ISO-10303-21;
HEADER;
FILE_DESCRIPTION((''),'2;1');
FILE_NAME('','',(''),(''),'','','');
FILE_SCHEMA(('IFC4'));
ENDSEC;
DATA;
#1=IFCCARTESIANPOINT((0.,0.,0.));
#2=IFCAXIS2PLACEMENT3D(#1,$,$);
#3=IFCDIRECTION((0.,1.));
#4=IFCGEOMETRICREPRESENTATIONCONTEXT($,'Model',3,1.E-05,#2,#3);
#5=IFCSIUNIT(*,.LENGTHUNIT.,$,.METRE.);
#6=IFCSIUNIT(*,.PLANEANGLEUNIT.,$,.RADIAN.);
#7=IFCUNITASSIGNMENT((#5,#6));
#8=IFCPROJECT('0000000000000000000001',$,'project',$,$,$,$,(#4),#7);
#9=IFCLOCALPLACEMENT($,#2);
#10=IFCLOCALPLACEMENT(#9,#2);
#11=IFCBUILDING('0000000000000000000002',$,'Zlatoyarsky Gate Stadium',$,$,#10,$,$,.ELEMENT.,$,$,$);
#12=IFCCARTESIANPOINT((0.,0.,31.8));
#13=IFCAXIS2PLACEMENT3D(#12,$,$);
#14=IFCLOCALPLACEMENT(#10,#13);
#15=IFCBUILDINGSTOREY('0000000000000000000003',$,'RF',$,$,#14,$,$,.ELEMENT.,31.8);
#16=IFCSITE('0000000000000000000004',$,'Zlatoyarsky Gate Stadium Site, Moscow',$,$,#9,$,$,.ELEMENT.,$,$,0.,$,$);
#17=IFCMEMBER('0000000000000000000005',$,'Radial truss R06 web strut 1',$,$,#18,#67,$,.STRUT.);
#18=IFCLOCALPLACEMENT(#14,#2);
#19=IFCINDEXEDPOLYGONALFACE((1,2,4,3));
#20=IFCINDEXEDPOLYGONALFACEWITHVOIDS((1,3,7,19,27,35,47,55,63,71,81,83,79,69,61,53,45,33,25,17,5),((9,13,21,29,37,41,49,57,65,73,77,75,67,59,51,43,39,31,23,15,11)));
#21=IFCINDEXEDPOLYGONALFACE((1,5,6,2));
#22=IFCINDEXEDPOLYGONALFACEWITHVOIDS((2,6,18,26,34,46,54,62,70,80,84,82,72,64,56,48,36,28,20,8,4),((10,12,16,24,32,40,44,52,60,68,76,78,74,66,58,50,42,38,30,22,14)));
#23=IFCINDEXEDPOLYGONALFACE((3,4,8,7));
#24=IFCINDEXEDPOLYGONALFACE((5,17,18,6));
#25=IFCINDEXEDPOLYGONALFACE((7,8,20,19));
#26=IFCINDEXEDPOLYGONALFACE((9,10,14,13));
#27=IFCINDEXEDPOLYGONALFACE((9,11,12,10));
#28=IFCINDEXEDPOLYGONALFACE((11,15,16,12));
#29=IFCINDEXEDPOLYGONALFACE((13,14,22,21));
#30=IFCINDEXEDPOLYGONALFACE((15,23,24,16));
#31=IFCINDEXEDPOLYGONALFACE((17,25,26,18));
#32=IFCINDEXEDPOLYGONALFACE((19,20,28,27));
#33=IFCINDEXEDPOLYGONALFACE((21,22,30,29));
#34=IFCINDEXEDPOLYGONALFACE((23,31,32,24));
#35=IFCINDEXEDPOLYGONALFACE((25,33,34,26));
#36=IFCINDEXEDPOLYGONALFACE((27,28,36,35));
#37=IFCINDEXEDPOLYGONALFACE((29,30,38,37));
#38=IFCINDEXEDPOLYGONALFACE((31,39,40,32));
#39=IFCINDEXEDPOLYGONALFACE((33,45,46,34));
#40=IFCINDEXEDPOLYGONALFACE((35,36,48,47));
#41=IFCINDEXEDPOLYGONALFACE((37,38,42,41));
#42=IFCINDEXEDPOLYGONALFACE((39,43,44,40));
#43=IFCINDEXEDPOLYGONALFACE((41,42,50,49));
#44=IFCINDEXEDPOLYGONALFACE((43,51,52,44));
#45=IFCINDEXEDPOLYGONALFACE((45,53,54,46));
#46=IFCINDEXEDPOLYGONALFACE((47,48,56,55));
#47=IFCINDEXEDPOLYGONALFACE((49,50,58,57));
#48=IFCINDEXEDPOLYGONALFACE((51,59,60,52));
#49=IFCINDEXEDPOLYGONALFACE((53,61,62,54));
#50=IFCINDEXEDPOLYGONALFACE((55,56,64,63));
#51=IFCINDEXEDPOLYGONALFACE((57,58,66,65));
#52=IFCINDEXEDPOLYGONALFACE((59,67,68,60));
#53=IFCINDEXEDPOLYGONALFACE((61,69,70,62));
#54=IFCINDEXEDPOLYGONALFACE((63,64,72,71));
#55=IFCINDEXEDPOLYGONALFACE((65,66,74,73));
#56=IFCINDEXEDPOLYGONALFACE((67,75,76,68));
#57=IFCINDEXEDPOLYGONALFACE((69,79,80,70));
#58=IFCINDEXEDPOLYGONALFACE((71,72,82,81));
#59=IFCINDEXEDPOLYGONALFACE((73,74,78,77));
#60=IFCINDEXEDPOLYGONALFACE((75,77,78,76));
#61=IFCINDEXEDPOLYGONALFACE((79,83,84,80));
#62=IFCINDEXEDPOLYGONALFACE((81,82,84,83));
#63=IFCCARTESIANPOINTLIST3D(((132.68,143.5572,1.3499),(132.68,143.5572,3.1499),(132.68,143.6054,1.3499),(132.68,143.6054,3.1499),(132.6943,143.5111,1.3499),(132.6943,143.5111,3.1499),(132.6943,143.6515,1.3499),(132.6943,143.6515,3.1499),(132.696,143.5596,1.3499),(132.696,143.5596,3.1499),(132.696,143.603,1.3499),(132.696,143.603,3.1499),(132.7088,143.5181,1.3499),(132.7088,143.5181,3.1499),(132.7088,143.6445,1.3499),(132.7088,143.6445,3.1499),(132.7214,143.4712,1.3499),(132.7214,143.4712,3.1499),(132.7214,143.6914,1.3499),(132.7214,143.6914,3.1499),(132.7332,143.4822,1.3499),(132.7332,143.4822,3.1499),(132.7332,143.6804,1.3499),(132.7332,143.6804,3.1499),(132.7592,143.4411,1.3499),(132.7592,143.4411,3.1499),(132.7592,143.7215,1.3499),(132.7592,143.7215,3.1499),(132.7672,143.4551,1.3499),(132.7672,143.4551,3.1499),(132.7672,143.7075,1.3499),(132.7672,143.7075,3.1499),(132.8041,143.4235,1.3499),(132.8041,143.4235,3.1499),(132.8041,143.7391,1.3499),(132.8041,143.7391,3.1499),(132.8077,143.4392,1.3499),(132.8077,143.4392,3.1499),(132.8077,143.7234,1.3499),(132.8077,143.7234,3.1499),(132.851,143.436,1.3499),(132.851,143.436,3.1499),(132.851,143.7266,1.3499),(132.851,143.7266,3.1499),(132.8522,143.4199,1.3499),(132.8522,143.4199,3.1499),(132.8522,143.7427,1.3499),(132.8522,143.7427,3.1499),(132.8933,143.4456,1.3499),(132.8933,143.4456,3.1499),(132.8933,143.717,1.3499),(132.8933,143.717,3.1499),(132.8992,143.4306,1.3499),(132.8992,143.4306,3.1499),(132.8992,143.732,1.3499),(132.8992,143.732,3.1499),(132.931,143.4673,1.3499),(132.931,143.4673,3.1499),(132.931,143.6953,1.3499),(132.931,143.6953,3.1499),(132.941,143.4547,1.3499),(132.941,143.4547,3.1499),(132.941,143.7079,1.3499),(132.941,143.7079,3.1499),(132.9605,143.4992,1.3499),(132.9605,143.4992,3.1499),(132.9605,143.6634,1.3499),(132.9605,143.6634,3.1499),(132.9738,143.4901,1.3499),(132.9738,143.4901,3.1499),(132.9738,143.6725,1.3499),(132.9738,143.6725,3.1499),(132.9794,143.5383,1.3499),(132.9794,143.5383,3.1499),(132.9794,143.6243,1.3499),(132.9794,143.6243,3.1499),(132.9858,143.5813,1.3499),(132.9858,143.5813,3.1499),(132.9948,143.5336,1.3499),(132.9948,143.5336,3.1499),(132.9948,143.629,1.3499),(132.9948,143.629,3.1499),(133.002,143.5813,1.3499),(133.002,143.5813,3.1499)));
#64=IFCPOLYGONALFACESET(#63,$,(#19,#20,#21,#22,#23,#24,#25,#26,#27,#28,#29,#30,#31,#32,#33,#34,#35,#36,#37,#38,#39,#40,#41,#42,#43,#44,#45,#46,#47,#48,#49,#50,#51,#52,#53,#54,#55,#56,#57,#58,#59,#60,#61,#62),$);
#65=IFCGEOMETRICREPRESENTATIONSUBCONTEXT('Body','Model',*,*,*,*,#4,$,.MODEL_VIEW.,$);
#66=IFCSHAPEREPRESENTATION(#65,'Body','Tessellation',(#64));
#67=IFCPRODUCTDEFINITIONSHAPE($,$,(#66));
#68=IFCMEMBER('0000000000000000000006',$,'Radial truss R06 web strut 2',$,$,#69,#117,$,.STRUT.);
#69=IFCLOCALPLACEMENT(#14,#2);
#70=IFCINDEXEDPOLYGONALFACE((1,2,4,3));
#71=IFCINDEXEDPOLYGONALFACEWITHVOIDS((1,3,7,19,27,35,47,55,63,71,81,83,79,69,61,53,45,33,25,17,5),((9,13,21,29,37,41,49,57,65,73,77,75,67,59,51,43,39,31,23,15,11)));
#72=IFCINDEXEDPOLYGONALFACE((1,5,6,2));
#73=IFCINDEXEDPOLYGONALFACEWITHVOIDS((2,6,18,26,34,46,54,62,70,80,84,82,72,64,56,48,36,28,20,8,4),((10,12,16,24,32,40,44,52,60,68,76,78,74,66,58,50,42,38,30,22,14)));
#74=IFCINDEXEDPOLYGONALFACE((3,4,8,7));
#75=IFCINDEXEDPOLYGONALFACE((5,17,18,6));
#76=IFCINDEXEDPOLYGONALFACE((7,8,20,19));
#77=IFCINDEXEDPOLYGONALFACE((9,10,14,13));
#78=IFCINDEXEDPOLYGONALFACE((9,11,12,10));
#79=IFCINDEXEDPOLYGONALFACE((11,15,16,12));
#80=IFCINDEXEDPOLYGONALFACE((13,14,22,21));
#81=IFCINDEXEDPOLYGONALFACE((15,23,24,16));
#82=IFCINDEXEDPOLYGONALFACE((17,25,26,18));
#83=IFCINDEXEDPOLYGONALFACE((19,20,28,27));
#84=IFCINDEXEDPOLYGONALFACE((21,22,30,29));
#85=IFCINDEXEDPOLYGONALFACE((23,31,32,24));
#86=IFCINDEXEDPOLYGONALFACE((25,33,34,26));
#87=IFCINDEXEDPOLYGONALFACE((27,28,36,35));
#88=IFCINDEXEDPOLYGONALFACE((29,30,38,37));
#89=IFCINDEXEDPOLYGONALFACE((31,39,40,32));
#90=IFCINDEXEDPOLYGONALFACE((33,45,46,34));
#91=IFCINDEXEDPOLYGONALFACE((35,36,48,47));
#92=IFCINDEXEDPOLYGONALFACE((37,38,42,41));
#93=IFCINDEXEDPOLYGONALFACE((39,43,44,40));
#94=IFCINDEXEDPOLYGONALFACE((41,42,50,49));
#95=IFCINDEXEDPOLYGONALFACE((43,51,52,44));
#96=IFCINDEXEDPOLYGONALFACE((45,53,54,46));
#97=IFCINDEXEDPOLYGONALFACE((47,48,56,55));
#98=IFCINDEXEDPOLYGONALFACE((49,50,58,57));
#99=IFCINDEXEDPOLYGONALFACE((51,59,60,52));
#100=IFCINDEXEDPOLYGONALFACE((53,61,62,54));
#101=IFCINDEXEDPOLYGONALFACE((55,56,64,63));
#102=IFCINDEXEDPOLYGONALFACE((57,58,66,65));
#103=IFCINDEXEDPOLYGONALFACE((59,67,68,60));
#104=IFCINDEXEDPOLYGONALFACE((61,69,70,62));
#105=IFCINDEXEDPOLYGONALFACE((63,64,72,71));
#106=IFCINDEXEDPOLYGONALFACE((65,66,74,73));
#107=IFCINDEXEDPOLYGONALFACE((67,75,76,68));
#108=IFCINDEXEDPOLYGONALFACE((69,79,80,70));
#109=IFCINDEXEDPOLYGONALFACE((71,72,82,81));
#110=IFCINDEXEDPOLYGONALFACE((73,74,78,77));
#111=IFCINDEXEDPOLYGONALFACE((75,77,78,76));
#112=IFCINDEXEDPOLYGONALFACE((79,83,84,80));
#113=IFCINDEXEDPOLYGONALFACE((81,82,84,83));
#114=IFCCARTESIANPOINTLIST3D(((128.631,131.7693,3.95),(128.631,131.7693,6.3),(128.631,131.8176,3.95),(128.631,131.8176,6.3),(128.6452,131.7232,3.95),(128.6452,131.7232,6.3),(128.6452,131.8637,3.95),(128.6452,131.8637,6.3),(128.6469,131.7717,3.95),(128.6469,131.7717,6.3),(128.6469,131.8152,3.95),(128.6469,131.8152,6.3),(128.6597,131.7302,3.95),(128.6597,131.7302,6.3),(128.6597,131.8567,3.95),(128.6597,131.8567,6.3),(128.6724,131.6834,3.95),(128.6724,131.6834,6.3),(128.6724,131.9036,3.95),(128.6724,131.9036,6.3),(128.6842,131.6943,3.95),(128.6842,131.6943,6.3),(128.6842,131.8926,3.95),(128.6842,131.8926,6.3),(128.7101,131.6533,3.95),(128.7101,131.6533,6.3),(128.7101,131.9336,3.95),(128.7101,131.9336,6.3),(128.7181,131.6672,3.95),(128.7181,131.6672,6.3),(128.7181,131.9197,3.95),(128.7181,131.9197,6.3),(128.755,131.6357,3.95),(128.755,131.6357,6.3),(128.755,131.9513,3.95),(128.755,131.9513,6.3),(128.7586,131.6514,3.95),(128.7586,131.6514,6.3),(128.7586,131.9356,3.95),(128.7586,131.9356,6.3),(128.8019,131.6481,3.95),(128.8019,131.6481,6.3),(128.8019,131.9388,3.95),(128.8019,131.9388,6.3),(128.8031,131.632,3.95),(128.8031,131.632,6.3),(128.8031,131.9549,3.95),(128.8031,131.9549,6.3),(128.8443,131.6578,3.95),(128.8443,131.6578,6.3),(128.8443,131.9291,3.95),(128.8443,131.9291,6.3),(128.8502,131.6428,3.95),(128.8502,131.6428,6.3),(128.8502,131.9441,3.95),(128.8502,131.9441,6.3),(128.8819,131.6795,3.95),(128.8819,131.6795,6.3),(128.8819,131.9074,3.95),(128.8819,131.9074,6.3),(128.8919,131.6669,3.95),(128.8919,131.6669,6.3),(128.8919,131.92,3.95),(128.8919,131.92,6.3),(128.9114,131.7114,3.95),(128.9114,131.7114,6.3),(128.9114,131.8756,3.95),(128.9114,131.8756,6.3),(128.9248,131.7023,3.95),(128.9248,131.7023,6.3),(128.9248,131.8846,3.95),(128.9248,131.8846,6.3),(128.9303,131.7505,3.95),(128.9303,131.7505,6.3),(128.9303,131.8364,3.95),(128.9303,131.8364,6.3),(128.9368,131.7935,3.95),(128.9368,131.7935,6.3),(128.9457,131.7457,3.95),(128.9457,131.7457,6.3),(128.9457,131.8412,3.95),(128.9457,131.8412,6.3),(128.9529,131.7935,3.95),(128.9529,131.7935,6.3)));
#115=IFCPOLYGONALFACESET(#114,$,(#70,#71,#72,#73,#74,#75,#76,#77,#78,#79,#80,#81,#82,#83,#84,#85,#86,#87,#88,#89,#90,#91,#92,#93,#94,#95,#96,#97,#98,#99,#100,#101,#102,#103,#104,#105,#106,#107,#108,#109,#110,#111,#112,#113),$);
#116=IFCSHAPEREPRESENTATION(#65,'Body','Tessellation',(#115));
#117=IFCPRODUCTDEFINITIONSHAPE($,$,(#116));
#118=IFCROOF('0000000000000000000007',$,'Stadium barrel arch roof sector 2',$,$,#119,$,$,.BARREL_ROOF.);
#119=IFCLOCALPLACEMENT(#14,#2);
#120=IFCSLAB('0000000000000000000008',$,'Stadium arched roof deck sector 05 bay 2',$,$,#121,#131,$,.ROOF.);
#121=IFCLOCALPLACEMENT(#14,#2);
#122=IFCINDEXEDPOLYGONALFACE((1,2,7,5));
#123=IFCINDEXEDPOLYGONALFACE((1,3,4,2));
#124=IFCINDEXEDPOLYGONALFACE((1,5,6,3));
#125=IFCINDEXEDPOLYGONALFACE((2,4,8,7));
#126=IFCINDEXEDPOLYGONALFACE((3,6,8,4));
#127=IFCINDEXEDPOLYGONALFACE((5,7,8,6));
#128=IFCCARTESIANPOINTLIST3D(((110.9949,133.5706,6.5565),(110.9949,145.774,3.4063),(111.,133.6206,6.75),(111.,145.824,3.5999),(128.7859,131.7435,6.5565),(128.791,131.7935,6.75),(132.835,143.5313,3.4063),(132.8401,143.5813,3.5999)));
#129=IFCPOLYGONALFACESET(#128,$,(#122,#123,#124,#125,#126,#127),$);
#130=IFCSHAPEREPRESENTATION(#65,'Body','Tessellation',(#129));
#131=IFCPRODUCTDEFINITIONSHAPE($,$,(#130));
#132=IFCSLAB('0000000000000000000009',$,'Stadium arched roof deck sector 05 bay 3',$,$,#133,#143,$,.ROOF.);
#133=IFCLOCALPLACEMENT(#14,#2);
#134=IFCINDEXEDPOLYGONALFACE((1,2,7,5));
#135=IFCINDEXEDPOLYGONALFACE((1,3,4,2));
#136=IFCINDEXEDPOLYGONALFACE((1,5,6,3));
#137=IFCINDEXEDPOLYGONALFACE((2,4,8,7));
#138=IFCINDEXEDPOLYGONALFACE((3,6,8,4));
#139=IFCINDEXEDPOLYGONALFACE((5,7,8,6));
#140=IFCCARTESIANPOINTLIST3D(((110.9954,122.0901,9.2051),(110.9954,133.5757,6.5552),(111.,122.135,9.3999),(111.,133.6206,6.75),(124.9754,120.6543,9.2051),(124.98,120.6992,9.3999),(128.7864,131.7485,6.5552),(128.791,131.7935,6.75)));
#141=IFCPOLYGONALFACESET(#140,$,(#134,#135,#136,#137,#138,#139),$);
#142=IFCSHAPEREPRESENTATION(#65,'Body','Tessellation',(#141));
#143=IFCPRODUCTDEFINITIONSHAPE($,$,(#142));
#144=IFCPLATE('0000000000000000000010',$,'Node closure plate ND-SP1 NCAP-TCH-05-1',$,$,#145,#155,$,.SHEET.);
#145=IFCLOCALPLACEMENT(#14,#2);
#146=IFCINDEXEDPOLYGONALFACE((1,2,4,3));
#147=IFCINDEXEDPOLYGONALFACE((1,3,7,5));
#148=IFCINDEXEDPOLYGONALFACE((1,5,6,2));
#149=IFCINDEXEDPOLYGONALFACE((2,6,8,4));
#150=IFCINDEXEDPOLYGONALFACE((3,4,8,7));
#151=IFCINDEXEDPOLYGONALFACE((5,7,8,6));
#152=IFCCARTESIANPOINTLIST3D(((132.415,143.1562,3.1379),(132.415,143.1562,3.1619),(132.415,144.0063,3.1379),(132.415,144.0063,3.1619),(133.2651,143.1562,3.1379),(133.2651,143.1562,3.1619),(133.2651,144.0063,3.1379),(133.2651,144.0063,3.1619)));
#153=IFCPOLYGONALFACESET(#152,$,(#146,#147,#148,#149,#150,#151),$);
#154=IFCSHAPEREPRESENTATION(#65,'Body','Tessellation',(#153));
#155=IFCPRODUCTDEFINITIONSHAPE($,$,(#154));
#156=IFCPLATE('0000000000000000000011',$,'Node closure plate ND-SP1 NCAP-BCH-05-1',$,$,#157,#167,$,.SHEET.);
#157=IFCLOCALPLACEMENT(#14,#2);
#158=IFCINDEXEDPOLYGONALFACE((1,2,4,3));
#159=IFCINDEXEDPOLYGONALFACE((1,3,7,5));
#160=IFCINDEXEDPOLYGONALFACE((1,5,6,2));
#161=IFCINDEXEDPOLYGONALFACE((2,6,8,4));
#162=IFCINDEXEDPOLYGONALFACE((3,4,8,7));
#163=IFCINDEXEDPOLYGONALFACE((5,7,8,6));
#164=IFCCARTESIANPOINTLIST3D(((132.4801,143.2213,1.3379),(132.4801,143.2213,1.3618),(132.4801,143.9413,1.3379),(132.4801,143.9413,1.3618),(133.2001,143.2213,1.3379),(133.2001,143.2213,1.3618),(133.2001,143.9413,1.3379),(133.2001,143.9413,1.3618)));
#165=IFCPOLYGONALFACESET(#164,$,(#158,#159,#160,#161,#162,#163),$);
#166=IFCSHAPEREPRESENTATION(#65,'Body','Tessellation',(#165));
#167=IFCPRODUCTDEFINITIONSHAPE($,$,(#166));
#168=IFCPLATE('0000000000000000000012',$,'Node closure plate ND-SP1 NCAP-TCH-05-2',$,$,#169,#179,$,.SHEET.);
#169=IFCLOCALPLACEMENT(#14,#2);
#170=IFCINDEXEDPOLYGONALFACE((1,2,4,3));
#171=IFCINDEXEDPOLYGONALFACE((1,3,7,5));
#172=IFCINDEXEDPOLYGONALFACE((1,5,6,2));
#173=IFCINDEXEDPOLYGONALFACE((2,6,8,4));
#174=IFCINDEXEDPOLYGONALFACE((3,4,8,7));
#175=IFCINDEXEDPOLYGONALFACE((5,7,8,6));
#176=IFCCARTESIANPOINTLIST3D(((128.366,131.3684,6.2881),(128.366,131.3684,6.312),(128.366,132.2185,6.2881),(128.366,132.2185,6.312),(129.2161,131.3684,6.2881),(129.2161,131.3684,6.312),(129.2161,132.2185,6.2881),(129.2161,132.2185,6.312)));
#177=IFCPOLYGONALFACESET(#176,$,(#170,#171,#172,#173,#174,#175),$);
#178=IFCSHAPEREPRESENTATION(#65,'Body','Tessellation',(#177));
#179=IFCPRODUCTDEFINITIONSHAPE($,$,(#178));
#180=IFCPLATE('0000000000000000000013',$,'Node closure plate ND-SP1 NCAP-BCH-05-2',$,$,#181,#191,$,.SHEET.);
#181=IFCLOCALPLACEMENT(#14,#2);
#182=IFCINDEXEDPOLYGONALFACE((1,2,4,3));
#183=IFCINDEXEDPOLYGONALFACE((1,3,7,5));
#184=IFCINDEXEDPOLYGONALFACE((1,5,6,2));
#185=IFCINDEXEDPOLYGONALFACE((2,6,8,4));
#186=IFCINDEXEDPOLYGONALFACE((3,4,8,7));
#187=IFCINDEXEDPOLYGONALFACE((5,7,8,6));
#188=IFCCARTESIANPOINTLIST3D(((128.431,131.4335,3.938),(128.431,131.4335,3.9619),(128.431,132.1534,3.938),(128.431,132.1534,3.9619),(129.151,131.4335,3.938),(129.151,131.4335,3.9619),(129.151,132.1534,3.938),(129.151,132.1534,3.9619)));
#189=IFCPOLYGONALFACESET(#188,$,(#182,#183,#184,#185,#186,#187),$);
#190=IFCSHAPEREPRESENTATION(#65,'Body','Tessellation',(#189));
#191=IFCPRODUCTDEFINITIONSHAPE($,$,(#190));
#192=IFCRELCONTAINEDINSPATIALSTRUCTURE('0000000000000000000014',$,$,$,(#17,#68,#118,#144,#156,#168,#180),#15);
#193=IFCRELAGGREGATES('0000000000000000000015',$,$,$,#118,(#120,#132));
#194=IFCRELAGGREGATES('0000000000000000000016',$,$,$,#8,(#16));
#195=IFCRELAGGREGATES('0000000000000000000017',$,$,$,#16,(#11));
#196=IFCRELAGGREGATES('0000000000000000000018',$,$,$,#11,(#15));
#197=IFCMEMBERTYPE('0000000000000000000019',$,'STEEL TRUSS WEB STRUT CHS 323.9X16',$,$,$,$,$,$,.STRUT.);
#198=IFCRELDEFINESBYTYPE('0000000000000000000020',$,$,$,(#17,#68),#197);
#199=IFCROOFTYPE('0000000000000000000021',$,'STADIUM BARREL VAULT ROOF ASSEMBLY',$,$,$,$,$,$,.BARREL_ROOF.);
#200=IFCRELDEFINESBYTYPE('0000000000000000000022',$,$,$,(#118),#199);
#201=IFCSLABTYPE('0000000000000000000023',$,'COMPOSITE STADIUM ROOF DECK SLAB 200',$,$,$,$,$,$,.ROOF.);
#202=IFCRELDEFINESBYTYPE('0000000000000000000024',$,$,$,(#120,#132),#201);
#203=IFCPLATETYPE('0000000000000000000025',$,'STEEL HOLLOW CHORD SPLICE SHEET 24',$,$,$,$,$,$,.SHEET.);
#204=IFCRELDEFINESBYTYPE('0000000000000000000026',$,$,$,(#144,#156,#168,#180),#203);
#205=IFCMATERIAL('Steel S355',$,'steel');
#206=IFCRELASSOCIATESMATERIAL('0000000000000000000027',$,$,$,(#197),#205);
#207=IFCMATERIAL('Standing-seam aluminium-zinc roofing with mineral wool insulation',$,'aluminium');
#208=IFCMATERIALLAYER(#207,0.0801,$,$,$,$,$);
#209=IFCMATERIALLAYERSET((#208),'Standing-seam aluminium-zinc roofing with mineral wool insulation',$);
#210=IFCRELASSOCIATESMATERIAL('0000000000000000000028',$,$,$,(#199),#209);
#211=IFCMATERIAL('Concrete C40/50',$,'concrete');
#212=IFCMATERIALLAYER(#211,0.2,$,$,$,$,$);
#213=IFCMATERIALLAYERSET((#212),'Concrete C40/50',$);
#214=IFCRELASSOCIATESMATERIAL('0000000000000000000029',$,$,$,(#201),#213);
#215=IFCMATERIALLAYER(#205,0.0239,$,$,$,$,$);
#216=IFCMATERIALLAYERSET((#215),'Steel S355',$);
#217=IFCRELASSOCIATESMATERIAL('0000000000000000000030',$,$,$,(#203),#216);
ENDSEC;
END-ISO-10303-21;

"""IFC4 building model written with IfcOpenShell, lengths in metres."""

from ifc_helpers import new_model, si_unit, direction, frame, origin, origin_2d, place, context, subcontext, project, spatial, polyline, rectangle, hollow_circle, outline, extrude, material, layer, layer_set, material_profile, profile_set, type_object, element, aggregate, save


model = new_model("IFC4")

# Units and contexts
model_context = context("Model", 3, precision=1e-05, world=origin(), true_north=direction((0.0, 1.0)))
body_context = subcontext(model_context, "Body", "Model", "MODEL_VIEW")
ifc_project = project(units=[si_unit("LENGTHUNIT", "METRE"), si_unit("PLANEANGLEUNIT", "RADIAN")], contexts=[model_context])

# Site, building, storey
site_placement = place(None, origin())
site = spatial("IfcSite", under=ifc_project, at=site_placement, Name="Zlatoyarsky Gate Stadium Site, Moscow", CompositionType="ELEMENT", RefElevation=0.0)
building_placement = place(site_placement, origin())
building = spatial("IfcBuilding", under=site, at=building_placement, Name="Zlatoyarsky Gate Stadium", CompositionType="ELEMENT")
storey_placement = place(building_placement, frame((0.0, 0.0, 31.8)))
storey = spatial("IfcBuildingStorey", under=building, at=storey_placement, Name="RF", CompositionType="ELEMENT", Elevation=31.8)

# Shared definitions
ifc_material_1 = material(Name="Steel S355", Category="steel")

# Members
ifc_material_profile_1 = material_profile(ifc_material_1, hollow_circle(Radius=0.1619, WallThickness=0.0161, at=origin_2d()), Name="CHS 323.9X16")
ifc_profile_set_1 = profile_set([ifc_material_profile_1], Name="Steel S355")
member_type_1 = type_object("IfcMemberType", Name="STEEL TRUSS WEB STRUT CHS 323.9X16", PredefinedType="STRUT", material=ifc_profile_set_1)
member_1_placement = place(storey_placement, frame((132.8401, 143.5813, 1.3499), z_axis=(0.0, 0.0, 1.0), x_axis=(1.0, 0.0, 0.0)))
element("IfcMember", 1, at=member_1_placement, inside=storey, type_object=member_type_1, Name="Radial truss R06 web strut 1", PredefinedType="STRUT", context=body_context, shape_type="SweptSolid", body=[
    extrude(hollow_circle(Radius=0.1619, WallThickness=0.0161, at=origin_2d()), origin(), (0.0, 0.0, 1.0), 1.8),
])
member_2_placement = place(storey_placement, frame((128.791, 131.7935, 3.95), z_axis=(0.0, 0.0, 1.0), x_axis=(1.0, 0.0, 0.0)))
element("IfcMember", 2, at=member_2_placement, inside=storey, type_object=member_type_1, Name="Radial truss R06 web strut 2", PredefinedType="STRUT", context=body_context, shape_type="SweptSolid", body=[
    extrude(hollow_circle(Radius=0.1619, WallThickness=0.0161, at=origin_2d()), origin(), (0.0, 0.0, 1.0), 2.3501),
])

# Roof, slabs
ifc_material_2 = material(Name="Standing-seam aluminium-zinc roofing with mineral wool insulation", Category="aluminium")
ifc_layer_1 = layer(ifc_material_2, 0.0801)
ifc_layer_set_1 = layer_set([ifc_layer_1], Name="Standing-seam aluminium-zinc roofing with mineral wool insulation")
roof_type = type_object("IfcRoofType", Name="STADIUM BARREL VAULT ROOF ASSEMBLY", PredefinedType="BARREL_ROOF", material=ifc_layer_set_1)
roof_placement = place(storey_placement, origin())
roof = element("IfcRoof", 3, at=roof_placement, inside=storey, type_object=roof_type, Name="Stadium barrel arch roof sector 2", PredefinedType="BARREL_ROOF")
ifc_material_3 = material(Name="Concrete C40/50", Category="concrete")
ifc_layer_2 = layer(ifc_material_3, 0.2)
ifc_layer_set_2 = layer_set([ifc_layer_2], Name="Concrete C40/50")
slab_type = type_object("IfcSlabType", Name="COMPOSITE STADIUM ROOF DECK SLAB 200", PredefinedType="ROOF", material=ifc_layer_set_2)
slab_1_placement = place(storey_placement, frame((132.8401, 143.5813, 3.5999), z_axis=(0.025659, 0.249859, 0.967942), x_axis=(-0.994769, 0.102149, 0.000002)))
slab_1 = element("IfcSlab", 4, at=slab_1_placement, type_object=slab_type, Name="Stadium arched roof deck sector 05 bay 2", PredefinedType="ROOF", context=body_context, shape_type="SweptSolid", body=[
    extrude(outline(polyline([(0.0, 0.0), (21.9549, 0.0), (20.7084, 12.5416), (2.8238, 12.5418), (0.0, 0.0)])), origin(), (0.0, 0.0, -1.0), 0.2),
])
slab_2_placement = place(storey_placement, frame((128.791, 131.7935, 6.75), z_axis=(0.023082, 0.224749, 0.974143), x_axis=(-0.994768, 0.102163, 0.0)))
slab_2 = element("IfcSlab", 5, at=slab_2_placement, type_object=slab_type, Name="Stadium arched roof deck sector 05 bay 3", PredefinedType="ROOF", context=body_context, shape_type="SweptSolid", body=[
    extrude(outline(polyline([(0.0, 0.0), (17.8846, 0.0), (16.7112, 11.7288), (2.6577, 11.7288), (0.0, 0.0)])), origin(), (0.0, 0.0, -1.0), 0.2),
])

# Plates
ifc_layer_3 = layer(ifc_material_1, 0.0239)
ifc_layer_set_3 = layer_set([ifc_layer_3], Name="Steel S355")
plate_type_1 = type_object("IfcPlateType", Name="STEEL HOLLOW CHORD SPLICE SHEET 24", PredefinedType="SHEET", material=ifc_layer_set_3)
plate_1_placement = place(storey_placement, frame((132.8401, 143.5813, 3.1379), z_axis=(0.0, 0.0, 1.0), x_axis=(1.0, 0.0, 0.0)))
element("IfcPlate", 6, at=plate_1_placement, inside=storey, type_object=plate_type_1, Name="Node closure plate ND-SP1 NCAP-TCH-05-1", PredefinedType="SHEET", context=body_context, shape_type="SweptSolid", body=[
    extrude(rectangle(XDim=0.8501, YDim=0.8501, at=origin_2d()), origin(), (0.0, 0.0, 1.0), 0.0239),
])
plate_2_placement = place(storey_placement, frame((132.8401, 143.5813, 1.3379), z_axis=(0.0, 0.0, 1.0), x_axis=(1.0, 0.0, 0.0)))
element("IfcPlate", 7, at=plate_2_placement, inside=storey, type_object=plate_type_1, Name="Node closure plate ND-SP1 NCAP-BCH-05-1", PredefinedType="SHEET", context=body_context, shape_type="SweptSolid", body=[
    extrude(rectangle(XDim=0.72, YDim=0.72, at=origin_2d()), origin(), (0.0, 0.0, 1.0), 0.0239),
])
plate_3_placement = place(storey_placement, frame((128.791, 131.7935, 6.2881), z_axis=(0.0, 0.0, 1.0), x_axis=(1.0, 0.0, 0.0)))
element("IfcPlate", 8, at=plate_3_placement, inside=storey, type_object=plate_type_1, Name="Node closure plate ND-SP1 NCAP-TCH-05-2", PredefinedType="SHEET", context=body_context, shape_type="SweptSolid", body=[
    extrude(rectangle(XDim=0.8501, YDim=0.8501, at=origin_2d()), origin(), (0.0, 0.0, 1.0), 0.0239),
])
plate_4_placement = place(storey_placement, frame((128.791, 131.7935, 3.938), z_axis=(0.0, 0.0, 1.0), x_axis=(1.0, 0.0, 0.0)))
element("IfcPlate", 9, at=plate_4_placement, inside=storey, type_object=plate_type_1, Name="Node closure plate ND-SP1 NCAP-BCH-05-2", PredefinedType="SHEET", context=body_context, shape_type="SweptSolid", body=[
    extrude(rectangle(XDim=0.72, YDim=0.72, at=origin_2d()), origin(), (0.0, 0.0, 1.0), 0.0239),
])

aggregate(roof, [slab_1, slab_2])

save(model, "model.ifc")
